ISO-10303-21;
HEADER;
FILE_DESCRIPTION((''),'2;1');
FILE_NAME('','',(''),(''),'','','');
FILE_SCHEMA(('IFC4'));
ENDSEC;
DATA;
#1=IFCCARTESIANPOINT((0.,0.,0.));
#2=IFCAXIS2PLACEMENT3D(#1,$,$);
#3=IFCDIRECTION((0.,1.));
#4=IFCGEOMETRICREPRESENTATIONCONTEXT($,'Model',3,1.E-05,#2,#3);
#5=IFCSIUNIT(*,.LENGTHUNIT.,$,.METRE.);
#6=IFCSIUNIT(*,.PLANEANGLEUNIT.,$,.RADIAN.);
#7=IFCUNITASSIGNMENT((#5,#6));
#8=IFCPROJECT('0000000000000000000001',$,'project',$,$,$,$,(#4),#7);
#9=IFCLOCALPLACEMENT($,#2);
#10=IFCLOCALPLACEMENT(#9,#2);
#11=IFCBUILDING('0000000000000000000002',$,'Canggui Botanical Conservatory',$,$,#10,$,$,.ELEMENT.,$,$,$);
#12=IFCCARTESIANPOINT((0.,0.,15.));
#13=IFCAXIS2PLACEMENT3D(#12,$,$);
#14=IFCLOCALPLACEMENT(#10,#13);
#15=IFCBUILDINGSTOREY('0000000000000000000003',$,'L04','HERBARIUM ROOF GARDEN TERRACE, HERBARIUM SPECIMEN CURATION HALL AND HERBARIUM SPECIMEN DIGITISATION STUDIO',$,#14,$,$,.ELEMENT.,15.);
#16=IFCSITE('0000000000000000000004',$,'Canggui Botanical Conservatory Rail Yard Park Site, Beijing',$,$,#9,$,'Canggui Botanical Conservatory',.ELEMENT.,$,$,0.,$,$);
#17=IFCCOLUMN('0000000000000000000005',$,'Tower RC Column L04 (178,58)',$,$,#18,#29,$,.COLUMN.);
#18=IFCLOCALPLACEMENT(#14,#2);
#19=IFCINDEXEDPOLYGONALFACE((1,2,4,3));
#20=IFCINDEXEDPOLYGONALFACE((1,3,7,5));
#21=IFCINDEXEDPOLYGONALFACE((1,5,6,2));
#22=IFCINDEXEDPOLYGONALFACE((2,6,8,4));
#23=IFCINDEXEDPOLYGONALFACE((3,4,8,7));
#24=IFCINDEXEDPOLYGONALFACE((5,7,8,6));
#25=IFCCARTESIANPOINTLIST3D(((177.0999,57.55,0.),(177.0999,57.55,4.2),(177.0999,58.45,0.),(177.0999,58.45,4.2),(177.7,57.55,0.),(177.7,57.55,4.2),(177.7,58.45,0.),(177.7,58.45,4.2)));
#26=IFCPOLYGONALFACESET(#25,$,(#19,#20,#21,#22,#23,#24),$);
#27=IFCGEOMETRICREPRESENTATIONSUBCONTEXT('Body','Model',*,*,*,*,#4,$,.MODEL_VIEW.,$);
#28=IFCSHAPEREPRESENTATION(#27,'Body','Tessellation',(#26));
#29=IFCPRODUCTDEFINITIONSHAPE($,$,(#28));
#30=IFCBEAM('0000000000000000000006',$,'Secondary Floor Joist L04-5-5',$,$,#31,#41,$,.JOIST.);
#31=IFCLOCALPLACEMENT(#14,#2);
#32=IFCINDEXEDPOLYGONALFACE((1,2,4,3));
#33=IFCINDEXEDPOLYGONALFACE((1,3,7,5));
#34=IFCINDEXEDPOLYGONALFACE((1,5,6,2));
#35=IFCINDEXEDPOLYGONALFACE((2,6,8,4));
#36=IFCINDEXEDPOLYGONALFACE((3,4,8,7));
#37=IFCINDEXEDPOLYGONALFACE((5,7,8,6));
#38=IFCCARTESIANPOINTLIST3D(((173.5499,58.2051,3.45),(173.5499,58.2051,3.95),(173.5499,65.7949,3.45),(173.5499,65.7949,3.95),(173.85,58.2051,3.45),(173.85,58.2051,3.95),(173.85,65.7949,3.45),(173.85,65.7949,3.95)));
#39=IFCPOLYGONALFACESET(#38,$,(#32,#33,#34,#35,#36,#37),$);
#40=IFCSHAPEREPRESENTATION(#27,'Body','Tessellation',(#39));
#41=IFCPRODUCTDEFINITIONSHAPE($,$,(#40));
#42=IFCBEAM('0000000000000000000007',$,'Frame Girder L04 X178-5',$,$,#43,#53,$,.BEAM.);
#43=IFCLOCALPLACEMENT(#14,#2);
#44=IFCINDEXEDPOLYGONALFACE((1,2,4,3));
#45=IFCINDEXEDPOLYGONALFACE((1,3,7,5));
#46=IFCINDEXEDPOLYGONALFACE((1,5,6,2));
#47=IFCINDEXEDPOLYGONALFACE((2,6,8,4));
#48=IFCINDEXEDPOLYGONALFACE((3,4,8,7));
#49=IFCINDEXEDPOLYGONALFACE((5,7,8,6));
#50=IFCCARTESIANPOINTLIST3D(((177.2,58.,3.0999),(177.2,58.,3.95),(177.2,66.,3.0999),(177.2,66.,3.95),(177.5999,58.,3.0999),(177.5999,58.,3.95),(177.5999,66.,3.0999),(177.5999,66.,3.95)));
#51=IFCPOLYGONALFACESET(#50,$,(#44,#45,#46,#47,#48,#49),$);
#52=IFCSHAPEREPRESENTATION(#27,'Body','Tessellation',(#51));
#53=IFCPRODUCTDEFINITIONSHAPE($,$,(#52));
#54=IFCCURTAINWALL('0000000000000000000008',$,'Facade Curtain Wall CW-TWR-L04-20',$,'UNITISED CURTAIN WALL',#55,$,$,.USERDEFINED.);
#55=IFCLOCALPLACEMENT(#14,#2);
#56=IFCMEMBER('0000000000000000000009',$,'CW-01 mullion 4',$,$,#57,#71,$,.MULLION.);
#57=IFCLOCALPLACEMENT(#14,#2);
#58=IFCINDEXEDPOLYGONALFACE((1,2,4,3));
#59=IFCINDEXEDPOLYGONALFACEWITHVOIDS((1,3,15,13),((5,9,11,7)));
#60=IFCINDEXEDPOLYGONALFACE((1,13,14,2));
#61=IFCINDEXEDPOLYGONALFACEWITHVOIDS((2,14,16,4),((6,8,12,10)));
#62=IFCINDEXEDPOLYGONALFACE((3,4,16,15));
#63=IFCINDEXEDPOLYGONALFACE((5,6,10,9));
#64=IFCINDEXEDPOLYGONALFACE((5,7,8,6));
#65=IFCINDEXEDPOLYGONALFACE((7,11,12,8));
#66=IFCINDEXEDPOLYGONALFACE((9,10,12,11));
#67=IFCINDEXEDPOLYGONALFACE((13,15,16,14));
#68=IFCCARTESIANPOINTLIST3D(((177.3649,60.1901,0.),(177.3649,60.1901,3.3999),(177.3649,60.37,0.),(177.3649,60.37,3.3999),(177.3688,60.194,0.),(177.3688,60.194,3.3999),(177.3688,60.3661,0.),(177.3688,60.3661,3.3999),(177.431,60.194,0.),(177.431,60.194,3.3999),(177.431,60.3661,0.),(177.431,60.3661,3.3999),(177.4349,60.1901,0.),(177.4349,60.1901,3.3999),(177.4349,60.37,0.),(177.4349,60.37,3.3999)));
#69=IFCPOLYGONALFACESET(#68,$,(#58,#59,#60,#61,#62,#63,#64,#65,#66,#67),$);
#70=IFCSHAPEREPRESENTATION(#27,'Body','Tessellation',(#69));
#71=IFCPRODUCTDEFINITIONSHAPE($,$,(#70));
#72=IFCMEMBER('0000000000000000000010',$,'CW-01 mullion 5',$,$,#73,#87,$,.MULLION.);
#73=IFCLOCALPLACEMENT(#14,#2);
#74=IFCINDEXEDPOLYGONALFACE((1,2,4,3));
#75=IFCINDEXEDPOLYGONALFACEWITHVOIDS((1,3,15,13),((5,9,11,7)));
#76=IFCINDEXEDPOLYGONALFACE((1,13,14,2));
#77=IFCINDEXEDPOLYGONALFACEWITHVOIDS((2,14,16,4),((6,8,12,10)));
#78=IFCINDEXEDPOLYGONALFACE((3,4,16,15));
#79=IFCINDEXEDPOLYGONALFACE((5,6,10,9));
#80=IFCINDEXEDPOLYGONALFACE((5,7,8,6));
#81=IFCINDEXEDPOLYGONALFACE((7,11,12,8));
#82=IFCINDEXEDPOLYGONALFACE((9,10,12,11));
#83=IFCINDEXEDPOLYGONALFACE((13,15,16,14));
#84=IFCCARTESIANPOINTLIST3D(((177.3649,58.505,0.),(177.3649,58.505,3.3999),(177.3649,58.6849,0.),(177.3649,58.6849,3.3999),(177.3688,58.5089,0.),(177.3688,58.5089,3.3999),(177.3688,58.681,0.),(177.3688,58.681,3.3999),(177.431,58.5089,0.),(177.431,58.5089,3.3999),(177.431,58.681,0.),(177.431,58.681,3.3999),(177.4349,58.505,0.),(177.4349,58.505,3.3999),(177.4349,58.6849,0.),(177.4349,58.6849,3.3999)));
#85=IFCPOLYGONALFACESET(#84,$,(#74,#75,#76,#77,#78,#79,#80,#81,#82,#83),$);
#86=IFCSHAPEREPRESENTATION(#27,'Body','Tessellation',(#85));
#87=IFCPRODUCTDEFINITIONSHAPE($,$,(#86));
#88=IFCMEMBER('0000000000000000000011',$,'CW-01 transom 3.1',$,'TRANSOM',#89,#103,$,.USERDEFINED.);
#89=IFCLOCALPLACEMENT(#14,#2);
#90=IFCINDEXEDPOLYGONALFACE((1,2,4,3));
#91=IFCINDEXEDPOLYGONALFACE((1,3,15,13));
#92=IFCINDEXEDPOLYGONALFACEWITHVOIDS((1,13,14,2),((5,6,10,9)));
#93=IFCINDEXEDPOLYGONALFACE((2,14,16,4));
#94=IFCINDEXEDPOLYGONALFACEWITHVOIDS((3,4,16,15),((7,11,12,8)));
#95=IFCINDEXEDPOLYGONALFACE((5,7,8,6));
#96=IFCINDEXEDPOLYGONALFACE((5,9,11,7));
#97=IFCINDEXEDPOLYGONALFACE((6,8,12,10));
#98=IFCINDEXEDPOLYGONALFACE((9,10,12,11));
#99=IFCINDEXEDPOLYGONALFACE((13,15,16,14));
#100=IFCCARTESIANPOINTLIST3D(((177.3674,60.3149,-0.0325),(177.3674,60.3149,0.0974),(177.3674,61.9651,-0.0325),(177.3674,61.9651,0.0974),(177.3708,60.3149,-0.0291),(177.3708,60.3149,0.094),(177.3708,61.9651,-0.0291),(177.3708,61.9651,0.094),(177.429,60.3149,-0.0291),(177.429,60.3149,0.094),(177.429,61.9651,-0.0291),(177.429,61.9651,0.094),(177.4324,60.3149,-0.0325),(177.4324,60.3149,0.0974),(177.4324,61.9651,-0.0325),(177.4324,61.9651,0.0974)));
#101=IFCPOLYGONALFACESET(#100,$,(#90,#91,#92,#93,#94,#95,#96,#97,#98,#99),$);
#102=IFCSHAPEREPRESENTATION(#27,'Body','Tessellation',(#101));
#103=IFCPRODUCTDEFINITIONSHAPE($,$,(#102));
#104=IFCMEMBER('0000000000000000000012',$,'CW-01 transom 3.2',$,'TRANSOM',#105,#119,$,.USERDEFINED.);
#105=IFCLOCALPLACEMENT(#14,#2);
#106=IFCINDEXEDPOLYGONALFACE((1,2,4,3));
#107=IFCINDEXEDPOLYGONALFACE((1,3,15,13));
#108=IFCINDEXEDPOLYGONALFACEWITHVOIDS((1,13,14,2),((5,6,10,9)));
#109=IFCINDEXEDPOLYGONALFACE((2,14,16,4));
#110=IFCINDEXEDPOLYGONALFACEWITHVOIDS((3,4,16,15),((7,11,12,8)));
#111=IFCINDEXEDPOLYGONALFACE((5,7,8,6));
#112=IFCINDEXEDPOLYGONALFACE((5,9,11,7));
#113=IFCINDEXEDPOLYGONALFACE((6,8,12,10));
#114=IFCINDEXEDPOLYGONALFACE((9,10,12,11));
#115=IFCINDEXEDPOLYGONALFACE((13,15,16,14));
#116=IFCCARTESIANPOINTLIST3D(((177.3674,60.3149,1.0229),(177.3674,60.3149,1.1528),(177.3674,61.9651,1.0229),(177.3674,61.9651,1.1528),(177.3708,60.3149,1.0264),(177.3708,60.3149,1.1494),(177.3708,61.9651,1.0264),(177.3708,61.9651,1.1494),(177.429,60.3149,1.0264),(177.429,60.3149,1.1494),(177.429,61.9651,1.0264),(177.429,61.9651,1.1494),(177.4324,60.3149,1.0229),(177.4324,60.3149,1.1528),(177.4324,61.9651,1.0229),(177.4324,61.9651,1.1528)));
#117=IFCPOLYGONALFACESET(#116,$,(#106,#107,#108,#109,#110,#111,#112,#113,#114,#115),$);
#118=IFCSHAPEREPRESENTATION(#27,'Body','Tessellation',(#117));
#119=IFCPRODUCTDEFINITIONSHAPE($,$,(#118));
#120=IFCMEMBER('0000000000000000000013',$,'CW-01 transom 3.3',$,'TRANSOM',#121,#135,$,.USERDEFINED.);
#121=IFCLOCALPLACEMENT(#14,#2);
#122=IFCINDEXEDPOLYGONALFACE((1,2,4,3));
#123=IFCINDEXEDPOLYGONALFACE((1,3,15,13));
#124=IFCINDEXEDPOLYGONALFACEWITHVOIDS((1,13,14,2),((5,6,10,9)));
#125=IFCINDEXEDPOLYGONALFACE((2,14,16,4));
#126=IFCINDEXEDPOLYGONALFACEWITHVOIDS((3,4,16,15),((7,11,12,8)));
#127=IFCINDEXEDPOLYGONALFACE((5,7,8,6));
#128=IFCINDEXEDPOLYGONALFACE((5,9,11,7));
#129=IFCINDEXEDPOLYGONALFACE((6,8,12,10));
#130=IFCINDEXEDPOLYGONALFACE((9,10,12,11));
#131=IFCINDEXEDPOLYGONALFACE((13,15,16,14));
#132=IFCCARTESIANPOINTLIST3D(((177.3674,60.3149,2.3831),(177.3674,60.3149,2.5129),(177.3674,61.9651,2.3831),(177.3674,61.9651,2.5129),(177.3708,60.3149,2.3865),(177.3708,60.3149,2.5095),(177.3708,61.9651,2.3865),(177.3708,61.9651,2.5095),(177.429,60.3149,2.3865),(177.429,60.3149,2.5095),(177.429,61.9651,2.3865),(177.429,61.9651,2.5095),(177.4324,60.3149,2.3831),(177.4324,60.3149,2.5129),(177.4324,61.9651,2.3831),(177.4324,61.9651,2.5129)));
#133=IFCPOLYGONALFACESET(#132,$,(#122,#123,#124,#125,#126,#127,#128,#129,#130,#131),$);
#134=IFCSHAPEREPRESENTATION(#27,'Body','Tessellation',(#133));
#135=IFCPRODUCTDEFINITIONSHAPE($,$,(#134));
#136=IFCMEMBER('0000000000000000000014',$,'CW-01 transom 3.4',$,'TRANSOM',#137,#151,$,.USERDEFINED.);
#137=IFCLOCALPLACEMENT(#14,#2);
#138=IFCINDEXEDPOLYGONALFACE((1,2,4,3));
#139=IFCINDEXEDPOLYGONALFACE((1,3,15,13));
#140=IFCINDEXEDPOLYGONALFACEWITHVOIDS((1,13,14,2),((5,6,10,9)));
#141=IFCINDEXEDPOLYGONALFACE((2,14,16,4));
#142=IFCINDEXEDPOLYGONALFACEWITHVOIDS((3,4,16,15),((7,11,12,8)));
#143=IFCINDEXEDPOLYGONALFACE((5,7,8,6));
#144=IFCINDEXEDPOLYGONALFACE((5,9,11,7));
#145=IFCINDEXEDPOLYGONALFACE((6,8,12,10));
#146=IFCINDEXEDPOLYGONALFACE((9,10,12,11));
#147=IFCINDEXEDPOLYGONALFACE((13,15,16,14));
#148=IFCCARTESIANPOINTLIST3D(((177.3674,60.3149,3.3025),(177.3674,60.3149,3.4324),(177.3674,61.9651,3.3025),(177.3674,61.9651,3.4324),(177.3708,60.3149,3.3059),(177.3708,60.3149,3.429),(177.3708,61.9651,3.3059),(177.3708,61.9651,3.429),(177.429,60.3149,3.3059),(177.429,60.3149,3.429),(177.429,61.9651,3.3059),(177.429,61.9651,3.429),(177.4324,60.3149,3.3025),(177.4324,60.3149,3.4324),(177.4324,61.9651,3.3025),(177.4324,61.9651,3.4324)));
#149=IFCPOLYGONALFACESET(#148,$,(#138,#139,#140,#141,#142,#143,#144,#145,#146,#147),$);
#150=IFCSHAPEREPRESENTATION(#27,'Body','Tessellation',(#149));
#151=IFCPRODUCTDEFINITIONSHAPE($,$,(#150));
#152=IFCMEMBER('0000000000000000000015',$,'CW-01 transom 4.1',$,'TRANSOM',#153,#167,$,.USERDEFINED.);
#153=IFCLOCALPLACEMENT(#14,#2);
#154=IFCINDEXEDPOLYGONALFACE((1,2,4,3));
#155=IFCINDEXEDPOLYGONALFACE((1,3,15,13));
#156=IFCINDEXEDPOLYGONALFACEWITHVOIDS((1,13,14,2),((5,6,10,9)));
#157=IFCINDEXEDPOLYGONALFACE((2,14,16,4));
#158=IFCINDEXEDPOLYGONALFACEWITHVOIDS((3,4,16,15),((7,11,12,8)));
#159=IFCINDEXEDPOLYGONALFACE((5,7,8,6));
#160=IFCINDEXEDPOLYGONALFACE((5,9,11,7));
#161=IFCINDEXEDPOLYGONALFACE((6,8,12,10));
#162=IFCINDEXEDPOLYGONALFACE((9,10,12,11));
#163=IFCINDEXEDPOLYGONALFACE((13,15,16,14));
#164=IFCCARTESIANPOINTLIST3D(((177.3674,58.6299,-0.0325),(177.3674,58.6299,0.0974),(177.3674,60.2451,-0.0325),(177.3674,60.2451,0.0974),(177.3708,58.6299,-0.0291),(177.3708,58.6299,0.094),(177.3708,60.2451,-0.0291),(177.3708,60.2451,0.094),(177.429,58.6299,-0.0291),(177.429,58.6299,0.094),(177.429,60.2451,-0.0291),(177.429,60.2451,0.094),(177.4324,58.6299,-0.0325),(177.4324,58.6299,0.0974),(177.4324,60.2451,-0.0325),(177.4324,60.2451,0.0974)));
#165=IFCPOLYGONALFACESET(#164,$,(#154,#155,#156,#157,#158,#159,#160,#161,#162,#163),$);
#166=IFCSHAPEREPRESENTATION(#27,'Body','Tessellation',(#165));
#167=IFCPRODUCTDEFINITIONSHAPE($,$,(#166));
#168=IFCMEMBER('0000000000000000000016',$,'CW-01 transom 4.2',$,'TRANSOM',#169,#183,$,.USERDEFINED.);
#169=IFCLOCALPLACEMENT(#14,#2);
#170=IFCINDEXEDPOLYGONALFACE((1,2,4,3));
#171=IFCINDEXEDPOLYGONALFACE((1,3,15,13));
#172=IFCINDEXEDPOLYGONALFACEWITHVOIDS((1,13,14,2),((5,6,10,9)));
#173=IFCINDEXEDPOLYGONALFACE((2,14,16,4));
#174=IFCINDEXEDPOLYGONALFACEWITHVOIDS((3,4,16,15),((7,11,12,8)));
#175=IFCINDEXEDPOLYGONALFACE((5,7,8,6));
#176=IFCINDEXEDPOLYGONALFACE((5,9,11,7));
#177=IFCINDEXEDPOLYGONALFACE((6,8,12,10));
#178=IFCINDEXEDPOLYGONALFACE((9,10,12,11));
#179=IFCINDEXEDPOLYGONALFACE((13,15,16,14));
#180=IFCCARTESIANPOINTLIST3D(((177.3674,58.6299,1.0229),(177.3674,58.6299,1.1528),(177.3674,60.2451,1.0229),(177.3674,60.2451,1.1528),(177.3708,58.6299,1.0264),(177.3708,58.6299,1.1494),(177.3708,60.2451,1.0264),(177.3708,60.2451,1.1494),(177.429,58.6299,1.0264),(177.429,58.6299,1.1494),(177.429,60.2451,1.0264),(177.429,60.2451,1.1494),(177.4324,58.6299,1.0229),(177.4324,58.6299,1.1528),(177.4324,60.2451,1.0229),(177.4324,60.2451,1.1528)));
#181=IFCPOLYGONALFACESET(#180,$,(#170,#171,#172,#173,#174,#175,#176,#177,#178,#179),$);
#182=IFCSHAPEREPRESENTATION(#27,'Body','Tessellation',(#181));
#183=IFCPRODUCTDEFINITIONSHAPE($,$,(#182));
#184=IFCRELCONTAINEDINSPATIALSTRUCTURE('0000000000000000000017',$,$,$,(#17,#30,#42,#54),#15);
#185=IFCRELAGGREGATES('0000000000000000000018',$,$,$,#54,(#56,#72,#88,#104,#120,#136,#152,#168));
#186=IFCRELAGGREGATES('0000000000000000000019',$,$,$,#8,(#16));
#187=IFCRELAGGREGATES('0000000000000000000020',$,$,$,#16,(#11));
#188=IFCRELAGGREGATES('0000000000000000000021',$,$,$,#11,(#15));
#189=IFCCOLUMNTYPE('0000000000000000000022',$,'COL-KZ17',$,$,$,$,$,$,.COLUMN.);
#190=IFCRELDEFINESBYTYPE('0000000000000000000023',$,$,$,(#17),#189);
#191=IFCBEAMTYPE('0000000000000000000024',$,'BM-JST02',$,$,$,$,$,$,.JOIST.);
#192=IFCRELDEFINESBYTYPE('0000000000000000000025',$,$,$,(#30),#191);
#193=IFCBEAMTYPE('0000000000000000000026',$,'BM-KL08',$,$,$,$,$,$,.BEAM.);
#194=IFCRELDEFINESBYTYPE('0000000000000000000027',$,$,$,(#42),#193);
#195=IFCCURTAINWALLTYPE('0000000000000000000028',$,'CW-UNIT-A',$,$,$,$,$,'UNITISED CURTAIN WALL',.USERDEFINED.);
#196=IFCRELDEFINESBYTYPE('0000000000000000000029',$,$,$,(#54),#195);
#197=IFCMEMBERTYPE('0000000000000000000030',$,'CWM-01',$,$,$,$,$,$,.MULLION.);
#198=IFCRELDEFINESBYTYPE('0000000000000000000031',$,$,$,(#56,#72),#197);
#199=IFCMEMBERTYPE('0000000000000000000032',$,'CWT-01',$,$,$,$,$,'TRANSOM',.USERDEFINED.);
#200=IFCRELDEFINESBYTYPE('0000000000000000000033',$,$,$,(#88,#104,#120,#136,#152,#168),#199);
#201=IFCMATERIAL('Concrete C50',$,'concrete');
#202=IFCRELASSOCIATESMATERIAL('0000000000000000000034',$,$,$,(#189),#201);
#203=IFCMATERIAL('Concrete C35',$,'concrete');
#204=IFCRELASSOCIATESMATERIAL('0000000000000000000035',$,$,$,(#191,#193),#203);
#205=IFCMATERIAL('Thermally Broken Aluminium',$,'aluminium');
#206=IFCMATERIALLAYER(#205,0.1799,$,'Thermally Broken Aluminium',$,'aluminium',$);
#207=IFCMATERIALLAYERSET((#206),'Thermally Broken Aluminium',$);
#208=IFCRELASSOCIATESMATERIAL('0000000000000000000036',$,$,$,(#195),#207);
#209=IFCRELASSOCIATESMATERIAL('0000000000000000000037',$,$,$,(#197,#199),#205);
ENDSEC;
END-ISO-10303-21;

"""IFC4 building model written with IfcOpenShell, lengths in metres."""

from ifc_helpers import new_model, si_unit, direction, frame, origin, origin_2d, place, context, subcontext, project, spatial, rectangle, hollow_rectangle, extrude, material, layer, layer_set, material_profile, profile_set, type_object, element, aggregate, save


model = new_model("IFC4")

# Units and contexts
model_context = context("Model", 3, precision=1e-05, world=origin(), true_north=direction((0.0, 1.0)))
body_context = subcontext(model_context, "Body", "Model", "MODEL_VIEW")
ifc_project = project(units=[si_unit("LENGTHUNIT", "METRE"), si_unit("PLANEANGLEUNIT", "RADIAN")], contexts=[model_context])

# Site, building, storey
site_placement = place(None, origin())
site = spatial("IfcSite", under=ifc_project, at=site_placement, Name="Canggui Botanical Conservatory Rail Yard Park Site, Beijing", LongName="Canggui Botanical Conservatory", CompositionType="ELEMENT", RefElevation=0.0)
building_placement = place(site_placement, origin())
building = spatial("IfcBuilding", under=site, at=building_placement, Name="Canggui Botanical Conservatory", CompositionType="ELEMENT")
storey_placement = place(building_placement, frame((0.0, 0.0, 15.0)))
storey = spatial("IfcBuildingStorey", under=building, at=storey_placement, Name="L04", Description="HERBARIUM ROOF GARDEN TERRACE, HERBARIUM SPECIMEN CURATION HALL AND HERBARIUM SPECIMEN DIGITISATION STUDIO", CompositionType="ELEMENT", Elevation=15.0)

# Column
ifc_material_1 = material(Name="Concrete C50", Category="concrete")
ifc_material_profile_1 = material_profile(ifc_material_1, rectangle(XDim=0.6001, YDim=0.8999, at=origin_2d()), Name="RC 600x900")
ifc_profile_set_1 = profile_set([ifc_material_profile_1], Name="Concrete C50")
column_type = type_object("IfcColumnType", Name="COL-KZ17", PredefinedType="COLUMN", material=ifc_profile_set_1)
column_placement = place(storey_placement, frame((177.3999, 58.0, 0.0), z_axis=(0.0, 0.0, 1.0), x_axis=(1.0, 0.0, 0.0)))
element("IfcColumn", 1, at=column_placement, inside=storey, type_object=column_type, Name="Tower RC Column L04 (178,58)", PredefinedType="COLUMN", context=body_context, shape_type="SweptSolid", body=[
    extrude(rectangle(XDim=0.6001, YDim=0.8999, at=origin_2d()), origin(), (0.0, 0.0, 1.0), 4.2),
])

# Beams
ifc_material_2 = material(Name="Concrete C35", Category="concrete")
ifc_material_profile_2 = material_profile(ifc_material_2, rectangle(XDim=0.3, YDim=0.5, at=origin_2d()), Name="RB 300x500")
ifc_profile_set_2 = profile_set([ifc_material_profile_2], Name="Concrete C35")
beam_type_1 = type_object("IfcBeamType", Name="BM-JST02", PredefinedType="JOIST", material=ifc_profile_set_2)
beam_1_placement = place(storey_placement, frame((173.7, 58.2051, 3.7), z_axis=(0.0, 1.0, 0.0), x_axis=(-1.0, 0.0, 0.0)))
element("IfcBeam", 2, at=beam_1_placement, inside=storey, type_object=beam_type_1, Name="Secondary Floor Joist L04-5-5", PredefinedType="JOIST", context=body_context, shape_type="SweptSolid", body=[
    extrude(rectangle(XDim=0.3, YDim=0.5, at=origin_2d()), origin(), (0.0, 0.0, 1.0), 7.5898),
])
ifc_material_profile_3 = material_profile(ifc_material_2, rectangle(XDim=0.3999, YDim=0.8501, at=origin_2d()), Name="RB 400x850")
ifc_profile_set_3 = profile_set([ifc_material_profile_3], Name="Concrete C35")
beam_type_2 = type_object("IfcBeamType", Name="BM-KL08", PredefinedType="BEAM", material=ifc_profile_set_3)
beam_2_placement = place(storey_placement, frame((177.3999, 58.0, 3.5249), z_axis=(0.0, 1.0, 0.0), x_axis=(-1.0, 0.0, 0.0)))
element("IfcBeam", 3, at=beam_2_placement, inside=storey, type_object=beam_type_2, Name="Frame Girder L04 X178-5", PredefinedType="BEAM", context=body_context, shape_type="SweptSolid", body=[
    extrude(rectangle(XDim=0.3999, YDim=0.8501, at=origin_2d()), origin(), (0.0, 0.0, 1.0), 8.0),
])

# Curtain wall, members
ifc_material_3 = material(Name="Thermally Broken Aluminium", Category="aluminium")
ifc_layer_1 = layer(ifc_material_3, 0.1799, Name="Thermally Broken Aluminium", Category="aluminium")
ifc_layer_set_1 = layer_set([ifc_layer_1], Name="Thermally Broken Aluminium")
curtain_wall_type = type_object("IfcCurtainWallType", Name="CW-UNIT-A", ElementType="UNITISED CURTAIN WALL", PredefinedType="USERDEFINED", material=ifc_layer_set_1)
curtain_wall_placement = place(storey_placement, origin())
curtain_wall = element("IfcCurtainWall", 4, at=curtain_wall_placement, inside=storey, type_object=curtain_wall_type, Name="Facade Curtain Wall CW-TWR-L04-20", ObjectType="UNITISED CURTAIN WALL", PredefinedType="USERDEFINED")
ifc_material_profile_4 = material_profile(ifc_material_3, hollow_rectangle(XDim=0.0701, YDim=0.1799, WallThickness=0.0039, at=origin_2d()), Name="CWM 70x180x4")
ifc_profile_set_4 = profile_set([ifc_material_profile_4], Name="Thermally Broken Aluminium")
member_type_1 = type_object("IfcMemberType", Name="CWM-01", PredefinedType="MULLION", material=ifc_profile_set_4)
member_1_placement = place(storey_placement, frame((177.3999, 60.28, 0.0), z_axis=(0.0, 0.0, 1.0), x_axis=(1.0, 0.0, 0.0)))
member_1 = element("IfcMember", 5, at=member_1_placement, type_object=member_type_1, Name="CW-01 mullion 4", PredefinedType="MULLION", context=body_context, shape_type="SweptSolid", body=[
    extrude(hollow_rectangle(XDim=0.0701, YDim=0.1799, WallThickness=0.0039, at=origin_2d()), origin(), (0.0, 0.0, 1.0), 3.3999),
])
member_2_placement = place(storey_placement, frame((177.3999, 58.595, 0.0), z_axis=(0.0, 0.0, 1.0), x_axis=(1.0, 0.0, 0.0)))
member_2 = element("IfcMember", 6, at=member_2_placement, type_object=member_type_1, Name="CW-01 mullion 5", PredefinedType="MULLION", context=body_context, shape_type="SweptSolid", body=[
    extrude(hollow_rectangle(XDim=0.0701, YDim=0.1799, WallThickness=0.0039, at=origin_2d()), origin(), (0.0, 0.0, 1.0), 3.3999),
])
ifc_material_profile_5 = material_profile(ifc_material_3, hollow_rectangle(XDim=0.0649, YDim=0.1299, WallThickness=0.0034, at=origin_2d()), Name="CWT 65x130x3.5")
ifc_profile_set_5 = profile_set([ifc_material_profile_5], Name="Thermally Broken Aluminium")
member_type_2 = type_object("IfcMemberType", Name="CWT-01", ElementType="TRANSOM", PredefinedType="USERDEFINED", material=ifc_profile_set_5)
member_3_placement = place(storey_placement, frame((177.3999, 61.9651, 0.0325), z_axis=(0.0, -1.0, 0.0), x_axis=(1.0, 0.0, 0.0)))
member_3 = element("IfcMember", 7, at=member_3_placement, type_object=member_type_2, Name="CW-01 transom 3.1", ObjectType="TRANSOM", PredefinedType="USERDEFINED", context=body_context, shape_type="SweptSolid", body=[
    extrude(hollow_rectangle(XDim=0.0649, YDim=0.1299, WallThickness=0.0034, at=origin_2d()), origin(), (0.0, 0.0, 1.0), 1.6501),
])
member_4_placement = place(storey_placement, frame((177.3999, 61.9651, 1.0879), z_axis=(0.0, -1.0, 0.0), x_axis=(1.0, 0.0, 0.0)))
member_4 = element("IfcMember", 8, at=member_4_placement, type_object=member_type_2, Name="CW-01 transom 3.2", ObjectType="TRANSOM", PredefinedType="USERDEFINED", context=body_context, shape_type="SweptSolid", body=[
    extrude(hollow_rectangle(XDim=0.0649, YDim=0.1299, WallThickness=0.0034, at=origin_2d()), origin(), (0.0, 0.0, 1.0), 1.6501),
])
member_5_placement = place(storey_placement, frame((177.3999, 61.9651, 2.448), z_axis=(0.0, -1.0, 0.0), x_axis=(1.0, 0.0, 0.0)))
member_5 = element("IfcMember", 9, at=member_5_placement, type_object=member_type_2, Name="CW-01 transom 3.3", ObjectType="TRANSOM", PredefinedType="USERDEFINED", context=body_context, shape_type="SweptSolid", body=[
    extrude(hollow_rectangle(XDim=0.0649, YDim=0.1299, WallThickness=0.0034, at=origin_2d()), origin(), (0.0, 0.0, 1.0), 1.6501),
])
member_6_placement = place(storey_placement, frame((177.3999, 61.9651, 3.3674), z_axis=(0.0, -1.0, 0.0), x_axis=(1.0, 0.0, 0.0)))
member_6 = element("IfcMember", 10, at=member_6_placement, type_object=member_type_2, Name="CW-01 transom 3.4", ObjectType="TRANSOM", PredefinedType="USERDEFINED", context=body_context, shape_type="SweptSolid", body=[
    extrude(hollow_rectangle(XDim=0.0649, YDim=0.1299, WallThickness=0.0034, at=origin_2d()), origin(), (0.0, 0.0, 1.0), 1.6501),
])
member_7_placement = place(storey_placement, frame((177.3999, 60.2451, 0.0325), z_axis=(0.0, -1.0, 0.0), x_axis=(1.0, 0.0, 0.0)))
member_7 = element("IfcMember", 11, at=member_7_placement, type_object=member_type_2, Name="CW-01 transom 4.1", ObjectType="TRANSOM", PredefinedType="USERDEFINED", context=body_context, shape_type="SweptSolid", body=[
    extrude(hollow_rectangle(XDim=0.0649, YDim=0.1299, WallThickness=0.0034, at=origin_2d()), origin(), (0.0, 0.0, 1.0), 1.6152),
])
member_8_placement = place(storey_placement, frame((177.3999, 60.2451, 1.0879), z_axis=(0.0, -1.0, 0.0), x_axis=(1.0, 0.0, 0.0)))
member_8 = element("IfcMember", 12, at=member_8_placement, type_object=member_type_2, Name="CW-01 transom 4.2", ObjectType="TRANSOM", PredefinedType="USERDEFINED", context=body_context, shape_type="SweptSolid", body=[
    extrude(hollow_rectangle(XDim=0.0649, YDim=0.1299, WallThickness=0.0034, at=origin_2d()), origin(), (0.0, 0.0, 1.0), 1.6152),
])
aggregate(curtain_wall, [member_1, member_2, member_3, member_4, member_5, member_6, member_7, member_8])

save(model, "model.ifc")
